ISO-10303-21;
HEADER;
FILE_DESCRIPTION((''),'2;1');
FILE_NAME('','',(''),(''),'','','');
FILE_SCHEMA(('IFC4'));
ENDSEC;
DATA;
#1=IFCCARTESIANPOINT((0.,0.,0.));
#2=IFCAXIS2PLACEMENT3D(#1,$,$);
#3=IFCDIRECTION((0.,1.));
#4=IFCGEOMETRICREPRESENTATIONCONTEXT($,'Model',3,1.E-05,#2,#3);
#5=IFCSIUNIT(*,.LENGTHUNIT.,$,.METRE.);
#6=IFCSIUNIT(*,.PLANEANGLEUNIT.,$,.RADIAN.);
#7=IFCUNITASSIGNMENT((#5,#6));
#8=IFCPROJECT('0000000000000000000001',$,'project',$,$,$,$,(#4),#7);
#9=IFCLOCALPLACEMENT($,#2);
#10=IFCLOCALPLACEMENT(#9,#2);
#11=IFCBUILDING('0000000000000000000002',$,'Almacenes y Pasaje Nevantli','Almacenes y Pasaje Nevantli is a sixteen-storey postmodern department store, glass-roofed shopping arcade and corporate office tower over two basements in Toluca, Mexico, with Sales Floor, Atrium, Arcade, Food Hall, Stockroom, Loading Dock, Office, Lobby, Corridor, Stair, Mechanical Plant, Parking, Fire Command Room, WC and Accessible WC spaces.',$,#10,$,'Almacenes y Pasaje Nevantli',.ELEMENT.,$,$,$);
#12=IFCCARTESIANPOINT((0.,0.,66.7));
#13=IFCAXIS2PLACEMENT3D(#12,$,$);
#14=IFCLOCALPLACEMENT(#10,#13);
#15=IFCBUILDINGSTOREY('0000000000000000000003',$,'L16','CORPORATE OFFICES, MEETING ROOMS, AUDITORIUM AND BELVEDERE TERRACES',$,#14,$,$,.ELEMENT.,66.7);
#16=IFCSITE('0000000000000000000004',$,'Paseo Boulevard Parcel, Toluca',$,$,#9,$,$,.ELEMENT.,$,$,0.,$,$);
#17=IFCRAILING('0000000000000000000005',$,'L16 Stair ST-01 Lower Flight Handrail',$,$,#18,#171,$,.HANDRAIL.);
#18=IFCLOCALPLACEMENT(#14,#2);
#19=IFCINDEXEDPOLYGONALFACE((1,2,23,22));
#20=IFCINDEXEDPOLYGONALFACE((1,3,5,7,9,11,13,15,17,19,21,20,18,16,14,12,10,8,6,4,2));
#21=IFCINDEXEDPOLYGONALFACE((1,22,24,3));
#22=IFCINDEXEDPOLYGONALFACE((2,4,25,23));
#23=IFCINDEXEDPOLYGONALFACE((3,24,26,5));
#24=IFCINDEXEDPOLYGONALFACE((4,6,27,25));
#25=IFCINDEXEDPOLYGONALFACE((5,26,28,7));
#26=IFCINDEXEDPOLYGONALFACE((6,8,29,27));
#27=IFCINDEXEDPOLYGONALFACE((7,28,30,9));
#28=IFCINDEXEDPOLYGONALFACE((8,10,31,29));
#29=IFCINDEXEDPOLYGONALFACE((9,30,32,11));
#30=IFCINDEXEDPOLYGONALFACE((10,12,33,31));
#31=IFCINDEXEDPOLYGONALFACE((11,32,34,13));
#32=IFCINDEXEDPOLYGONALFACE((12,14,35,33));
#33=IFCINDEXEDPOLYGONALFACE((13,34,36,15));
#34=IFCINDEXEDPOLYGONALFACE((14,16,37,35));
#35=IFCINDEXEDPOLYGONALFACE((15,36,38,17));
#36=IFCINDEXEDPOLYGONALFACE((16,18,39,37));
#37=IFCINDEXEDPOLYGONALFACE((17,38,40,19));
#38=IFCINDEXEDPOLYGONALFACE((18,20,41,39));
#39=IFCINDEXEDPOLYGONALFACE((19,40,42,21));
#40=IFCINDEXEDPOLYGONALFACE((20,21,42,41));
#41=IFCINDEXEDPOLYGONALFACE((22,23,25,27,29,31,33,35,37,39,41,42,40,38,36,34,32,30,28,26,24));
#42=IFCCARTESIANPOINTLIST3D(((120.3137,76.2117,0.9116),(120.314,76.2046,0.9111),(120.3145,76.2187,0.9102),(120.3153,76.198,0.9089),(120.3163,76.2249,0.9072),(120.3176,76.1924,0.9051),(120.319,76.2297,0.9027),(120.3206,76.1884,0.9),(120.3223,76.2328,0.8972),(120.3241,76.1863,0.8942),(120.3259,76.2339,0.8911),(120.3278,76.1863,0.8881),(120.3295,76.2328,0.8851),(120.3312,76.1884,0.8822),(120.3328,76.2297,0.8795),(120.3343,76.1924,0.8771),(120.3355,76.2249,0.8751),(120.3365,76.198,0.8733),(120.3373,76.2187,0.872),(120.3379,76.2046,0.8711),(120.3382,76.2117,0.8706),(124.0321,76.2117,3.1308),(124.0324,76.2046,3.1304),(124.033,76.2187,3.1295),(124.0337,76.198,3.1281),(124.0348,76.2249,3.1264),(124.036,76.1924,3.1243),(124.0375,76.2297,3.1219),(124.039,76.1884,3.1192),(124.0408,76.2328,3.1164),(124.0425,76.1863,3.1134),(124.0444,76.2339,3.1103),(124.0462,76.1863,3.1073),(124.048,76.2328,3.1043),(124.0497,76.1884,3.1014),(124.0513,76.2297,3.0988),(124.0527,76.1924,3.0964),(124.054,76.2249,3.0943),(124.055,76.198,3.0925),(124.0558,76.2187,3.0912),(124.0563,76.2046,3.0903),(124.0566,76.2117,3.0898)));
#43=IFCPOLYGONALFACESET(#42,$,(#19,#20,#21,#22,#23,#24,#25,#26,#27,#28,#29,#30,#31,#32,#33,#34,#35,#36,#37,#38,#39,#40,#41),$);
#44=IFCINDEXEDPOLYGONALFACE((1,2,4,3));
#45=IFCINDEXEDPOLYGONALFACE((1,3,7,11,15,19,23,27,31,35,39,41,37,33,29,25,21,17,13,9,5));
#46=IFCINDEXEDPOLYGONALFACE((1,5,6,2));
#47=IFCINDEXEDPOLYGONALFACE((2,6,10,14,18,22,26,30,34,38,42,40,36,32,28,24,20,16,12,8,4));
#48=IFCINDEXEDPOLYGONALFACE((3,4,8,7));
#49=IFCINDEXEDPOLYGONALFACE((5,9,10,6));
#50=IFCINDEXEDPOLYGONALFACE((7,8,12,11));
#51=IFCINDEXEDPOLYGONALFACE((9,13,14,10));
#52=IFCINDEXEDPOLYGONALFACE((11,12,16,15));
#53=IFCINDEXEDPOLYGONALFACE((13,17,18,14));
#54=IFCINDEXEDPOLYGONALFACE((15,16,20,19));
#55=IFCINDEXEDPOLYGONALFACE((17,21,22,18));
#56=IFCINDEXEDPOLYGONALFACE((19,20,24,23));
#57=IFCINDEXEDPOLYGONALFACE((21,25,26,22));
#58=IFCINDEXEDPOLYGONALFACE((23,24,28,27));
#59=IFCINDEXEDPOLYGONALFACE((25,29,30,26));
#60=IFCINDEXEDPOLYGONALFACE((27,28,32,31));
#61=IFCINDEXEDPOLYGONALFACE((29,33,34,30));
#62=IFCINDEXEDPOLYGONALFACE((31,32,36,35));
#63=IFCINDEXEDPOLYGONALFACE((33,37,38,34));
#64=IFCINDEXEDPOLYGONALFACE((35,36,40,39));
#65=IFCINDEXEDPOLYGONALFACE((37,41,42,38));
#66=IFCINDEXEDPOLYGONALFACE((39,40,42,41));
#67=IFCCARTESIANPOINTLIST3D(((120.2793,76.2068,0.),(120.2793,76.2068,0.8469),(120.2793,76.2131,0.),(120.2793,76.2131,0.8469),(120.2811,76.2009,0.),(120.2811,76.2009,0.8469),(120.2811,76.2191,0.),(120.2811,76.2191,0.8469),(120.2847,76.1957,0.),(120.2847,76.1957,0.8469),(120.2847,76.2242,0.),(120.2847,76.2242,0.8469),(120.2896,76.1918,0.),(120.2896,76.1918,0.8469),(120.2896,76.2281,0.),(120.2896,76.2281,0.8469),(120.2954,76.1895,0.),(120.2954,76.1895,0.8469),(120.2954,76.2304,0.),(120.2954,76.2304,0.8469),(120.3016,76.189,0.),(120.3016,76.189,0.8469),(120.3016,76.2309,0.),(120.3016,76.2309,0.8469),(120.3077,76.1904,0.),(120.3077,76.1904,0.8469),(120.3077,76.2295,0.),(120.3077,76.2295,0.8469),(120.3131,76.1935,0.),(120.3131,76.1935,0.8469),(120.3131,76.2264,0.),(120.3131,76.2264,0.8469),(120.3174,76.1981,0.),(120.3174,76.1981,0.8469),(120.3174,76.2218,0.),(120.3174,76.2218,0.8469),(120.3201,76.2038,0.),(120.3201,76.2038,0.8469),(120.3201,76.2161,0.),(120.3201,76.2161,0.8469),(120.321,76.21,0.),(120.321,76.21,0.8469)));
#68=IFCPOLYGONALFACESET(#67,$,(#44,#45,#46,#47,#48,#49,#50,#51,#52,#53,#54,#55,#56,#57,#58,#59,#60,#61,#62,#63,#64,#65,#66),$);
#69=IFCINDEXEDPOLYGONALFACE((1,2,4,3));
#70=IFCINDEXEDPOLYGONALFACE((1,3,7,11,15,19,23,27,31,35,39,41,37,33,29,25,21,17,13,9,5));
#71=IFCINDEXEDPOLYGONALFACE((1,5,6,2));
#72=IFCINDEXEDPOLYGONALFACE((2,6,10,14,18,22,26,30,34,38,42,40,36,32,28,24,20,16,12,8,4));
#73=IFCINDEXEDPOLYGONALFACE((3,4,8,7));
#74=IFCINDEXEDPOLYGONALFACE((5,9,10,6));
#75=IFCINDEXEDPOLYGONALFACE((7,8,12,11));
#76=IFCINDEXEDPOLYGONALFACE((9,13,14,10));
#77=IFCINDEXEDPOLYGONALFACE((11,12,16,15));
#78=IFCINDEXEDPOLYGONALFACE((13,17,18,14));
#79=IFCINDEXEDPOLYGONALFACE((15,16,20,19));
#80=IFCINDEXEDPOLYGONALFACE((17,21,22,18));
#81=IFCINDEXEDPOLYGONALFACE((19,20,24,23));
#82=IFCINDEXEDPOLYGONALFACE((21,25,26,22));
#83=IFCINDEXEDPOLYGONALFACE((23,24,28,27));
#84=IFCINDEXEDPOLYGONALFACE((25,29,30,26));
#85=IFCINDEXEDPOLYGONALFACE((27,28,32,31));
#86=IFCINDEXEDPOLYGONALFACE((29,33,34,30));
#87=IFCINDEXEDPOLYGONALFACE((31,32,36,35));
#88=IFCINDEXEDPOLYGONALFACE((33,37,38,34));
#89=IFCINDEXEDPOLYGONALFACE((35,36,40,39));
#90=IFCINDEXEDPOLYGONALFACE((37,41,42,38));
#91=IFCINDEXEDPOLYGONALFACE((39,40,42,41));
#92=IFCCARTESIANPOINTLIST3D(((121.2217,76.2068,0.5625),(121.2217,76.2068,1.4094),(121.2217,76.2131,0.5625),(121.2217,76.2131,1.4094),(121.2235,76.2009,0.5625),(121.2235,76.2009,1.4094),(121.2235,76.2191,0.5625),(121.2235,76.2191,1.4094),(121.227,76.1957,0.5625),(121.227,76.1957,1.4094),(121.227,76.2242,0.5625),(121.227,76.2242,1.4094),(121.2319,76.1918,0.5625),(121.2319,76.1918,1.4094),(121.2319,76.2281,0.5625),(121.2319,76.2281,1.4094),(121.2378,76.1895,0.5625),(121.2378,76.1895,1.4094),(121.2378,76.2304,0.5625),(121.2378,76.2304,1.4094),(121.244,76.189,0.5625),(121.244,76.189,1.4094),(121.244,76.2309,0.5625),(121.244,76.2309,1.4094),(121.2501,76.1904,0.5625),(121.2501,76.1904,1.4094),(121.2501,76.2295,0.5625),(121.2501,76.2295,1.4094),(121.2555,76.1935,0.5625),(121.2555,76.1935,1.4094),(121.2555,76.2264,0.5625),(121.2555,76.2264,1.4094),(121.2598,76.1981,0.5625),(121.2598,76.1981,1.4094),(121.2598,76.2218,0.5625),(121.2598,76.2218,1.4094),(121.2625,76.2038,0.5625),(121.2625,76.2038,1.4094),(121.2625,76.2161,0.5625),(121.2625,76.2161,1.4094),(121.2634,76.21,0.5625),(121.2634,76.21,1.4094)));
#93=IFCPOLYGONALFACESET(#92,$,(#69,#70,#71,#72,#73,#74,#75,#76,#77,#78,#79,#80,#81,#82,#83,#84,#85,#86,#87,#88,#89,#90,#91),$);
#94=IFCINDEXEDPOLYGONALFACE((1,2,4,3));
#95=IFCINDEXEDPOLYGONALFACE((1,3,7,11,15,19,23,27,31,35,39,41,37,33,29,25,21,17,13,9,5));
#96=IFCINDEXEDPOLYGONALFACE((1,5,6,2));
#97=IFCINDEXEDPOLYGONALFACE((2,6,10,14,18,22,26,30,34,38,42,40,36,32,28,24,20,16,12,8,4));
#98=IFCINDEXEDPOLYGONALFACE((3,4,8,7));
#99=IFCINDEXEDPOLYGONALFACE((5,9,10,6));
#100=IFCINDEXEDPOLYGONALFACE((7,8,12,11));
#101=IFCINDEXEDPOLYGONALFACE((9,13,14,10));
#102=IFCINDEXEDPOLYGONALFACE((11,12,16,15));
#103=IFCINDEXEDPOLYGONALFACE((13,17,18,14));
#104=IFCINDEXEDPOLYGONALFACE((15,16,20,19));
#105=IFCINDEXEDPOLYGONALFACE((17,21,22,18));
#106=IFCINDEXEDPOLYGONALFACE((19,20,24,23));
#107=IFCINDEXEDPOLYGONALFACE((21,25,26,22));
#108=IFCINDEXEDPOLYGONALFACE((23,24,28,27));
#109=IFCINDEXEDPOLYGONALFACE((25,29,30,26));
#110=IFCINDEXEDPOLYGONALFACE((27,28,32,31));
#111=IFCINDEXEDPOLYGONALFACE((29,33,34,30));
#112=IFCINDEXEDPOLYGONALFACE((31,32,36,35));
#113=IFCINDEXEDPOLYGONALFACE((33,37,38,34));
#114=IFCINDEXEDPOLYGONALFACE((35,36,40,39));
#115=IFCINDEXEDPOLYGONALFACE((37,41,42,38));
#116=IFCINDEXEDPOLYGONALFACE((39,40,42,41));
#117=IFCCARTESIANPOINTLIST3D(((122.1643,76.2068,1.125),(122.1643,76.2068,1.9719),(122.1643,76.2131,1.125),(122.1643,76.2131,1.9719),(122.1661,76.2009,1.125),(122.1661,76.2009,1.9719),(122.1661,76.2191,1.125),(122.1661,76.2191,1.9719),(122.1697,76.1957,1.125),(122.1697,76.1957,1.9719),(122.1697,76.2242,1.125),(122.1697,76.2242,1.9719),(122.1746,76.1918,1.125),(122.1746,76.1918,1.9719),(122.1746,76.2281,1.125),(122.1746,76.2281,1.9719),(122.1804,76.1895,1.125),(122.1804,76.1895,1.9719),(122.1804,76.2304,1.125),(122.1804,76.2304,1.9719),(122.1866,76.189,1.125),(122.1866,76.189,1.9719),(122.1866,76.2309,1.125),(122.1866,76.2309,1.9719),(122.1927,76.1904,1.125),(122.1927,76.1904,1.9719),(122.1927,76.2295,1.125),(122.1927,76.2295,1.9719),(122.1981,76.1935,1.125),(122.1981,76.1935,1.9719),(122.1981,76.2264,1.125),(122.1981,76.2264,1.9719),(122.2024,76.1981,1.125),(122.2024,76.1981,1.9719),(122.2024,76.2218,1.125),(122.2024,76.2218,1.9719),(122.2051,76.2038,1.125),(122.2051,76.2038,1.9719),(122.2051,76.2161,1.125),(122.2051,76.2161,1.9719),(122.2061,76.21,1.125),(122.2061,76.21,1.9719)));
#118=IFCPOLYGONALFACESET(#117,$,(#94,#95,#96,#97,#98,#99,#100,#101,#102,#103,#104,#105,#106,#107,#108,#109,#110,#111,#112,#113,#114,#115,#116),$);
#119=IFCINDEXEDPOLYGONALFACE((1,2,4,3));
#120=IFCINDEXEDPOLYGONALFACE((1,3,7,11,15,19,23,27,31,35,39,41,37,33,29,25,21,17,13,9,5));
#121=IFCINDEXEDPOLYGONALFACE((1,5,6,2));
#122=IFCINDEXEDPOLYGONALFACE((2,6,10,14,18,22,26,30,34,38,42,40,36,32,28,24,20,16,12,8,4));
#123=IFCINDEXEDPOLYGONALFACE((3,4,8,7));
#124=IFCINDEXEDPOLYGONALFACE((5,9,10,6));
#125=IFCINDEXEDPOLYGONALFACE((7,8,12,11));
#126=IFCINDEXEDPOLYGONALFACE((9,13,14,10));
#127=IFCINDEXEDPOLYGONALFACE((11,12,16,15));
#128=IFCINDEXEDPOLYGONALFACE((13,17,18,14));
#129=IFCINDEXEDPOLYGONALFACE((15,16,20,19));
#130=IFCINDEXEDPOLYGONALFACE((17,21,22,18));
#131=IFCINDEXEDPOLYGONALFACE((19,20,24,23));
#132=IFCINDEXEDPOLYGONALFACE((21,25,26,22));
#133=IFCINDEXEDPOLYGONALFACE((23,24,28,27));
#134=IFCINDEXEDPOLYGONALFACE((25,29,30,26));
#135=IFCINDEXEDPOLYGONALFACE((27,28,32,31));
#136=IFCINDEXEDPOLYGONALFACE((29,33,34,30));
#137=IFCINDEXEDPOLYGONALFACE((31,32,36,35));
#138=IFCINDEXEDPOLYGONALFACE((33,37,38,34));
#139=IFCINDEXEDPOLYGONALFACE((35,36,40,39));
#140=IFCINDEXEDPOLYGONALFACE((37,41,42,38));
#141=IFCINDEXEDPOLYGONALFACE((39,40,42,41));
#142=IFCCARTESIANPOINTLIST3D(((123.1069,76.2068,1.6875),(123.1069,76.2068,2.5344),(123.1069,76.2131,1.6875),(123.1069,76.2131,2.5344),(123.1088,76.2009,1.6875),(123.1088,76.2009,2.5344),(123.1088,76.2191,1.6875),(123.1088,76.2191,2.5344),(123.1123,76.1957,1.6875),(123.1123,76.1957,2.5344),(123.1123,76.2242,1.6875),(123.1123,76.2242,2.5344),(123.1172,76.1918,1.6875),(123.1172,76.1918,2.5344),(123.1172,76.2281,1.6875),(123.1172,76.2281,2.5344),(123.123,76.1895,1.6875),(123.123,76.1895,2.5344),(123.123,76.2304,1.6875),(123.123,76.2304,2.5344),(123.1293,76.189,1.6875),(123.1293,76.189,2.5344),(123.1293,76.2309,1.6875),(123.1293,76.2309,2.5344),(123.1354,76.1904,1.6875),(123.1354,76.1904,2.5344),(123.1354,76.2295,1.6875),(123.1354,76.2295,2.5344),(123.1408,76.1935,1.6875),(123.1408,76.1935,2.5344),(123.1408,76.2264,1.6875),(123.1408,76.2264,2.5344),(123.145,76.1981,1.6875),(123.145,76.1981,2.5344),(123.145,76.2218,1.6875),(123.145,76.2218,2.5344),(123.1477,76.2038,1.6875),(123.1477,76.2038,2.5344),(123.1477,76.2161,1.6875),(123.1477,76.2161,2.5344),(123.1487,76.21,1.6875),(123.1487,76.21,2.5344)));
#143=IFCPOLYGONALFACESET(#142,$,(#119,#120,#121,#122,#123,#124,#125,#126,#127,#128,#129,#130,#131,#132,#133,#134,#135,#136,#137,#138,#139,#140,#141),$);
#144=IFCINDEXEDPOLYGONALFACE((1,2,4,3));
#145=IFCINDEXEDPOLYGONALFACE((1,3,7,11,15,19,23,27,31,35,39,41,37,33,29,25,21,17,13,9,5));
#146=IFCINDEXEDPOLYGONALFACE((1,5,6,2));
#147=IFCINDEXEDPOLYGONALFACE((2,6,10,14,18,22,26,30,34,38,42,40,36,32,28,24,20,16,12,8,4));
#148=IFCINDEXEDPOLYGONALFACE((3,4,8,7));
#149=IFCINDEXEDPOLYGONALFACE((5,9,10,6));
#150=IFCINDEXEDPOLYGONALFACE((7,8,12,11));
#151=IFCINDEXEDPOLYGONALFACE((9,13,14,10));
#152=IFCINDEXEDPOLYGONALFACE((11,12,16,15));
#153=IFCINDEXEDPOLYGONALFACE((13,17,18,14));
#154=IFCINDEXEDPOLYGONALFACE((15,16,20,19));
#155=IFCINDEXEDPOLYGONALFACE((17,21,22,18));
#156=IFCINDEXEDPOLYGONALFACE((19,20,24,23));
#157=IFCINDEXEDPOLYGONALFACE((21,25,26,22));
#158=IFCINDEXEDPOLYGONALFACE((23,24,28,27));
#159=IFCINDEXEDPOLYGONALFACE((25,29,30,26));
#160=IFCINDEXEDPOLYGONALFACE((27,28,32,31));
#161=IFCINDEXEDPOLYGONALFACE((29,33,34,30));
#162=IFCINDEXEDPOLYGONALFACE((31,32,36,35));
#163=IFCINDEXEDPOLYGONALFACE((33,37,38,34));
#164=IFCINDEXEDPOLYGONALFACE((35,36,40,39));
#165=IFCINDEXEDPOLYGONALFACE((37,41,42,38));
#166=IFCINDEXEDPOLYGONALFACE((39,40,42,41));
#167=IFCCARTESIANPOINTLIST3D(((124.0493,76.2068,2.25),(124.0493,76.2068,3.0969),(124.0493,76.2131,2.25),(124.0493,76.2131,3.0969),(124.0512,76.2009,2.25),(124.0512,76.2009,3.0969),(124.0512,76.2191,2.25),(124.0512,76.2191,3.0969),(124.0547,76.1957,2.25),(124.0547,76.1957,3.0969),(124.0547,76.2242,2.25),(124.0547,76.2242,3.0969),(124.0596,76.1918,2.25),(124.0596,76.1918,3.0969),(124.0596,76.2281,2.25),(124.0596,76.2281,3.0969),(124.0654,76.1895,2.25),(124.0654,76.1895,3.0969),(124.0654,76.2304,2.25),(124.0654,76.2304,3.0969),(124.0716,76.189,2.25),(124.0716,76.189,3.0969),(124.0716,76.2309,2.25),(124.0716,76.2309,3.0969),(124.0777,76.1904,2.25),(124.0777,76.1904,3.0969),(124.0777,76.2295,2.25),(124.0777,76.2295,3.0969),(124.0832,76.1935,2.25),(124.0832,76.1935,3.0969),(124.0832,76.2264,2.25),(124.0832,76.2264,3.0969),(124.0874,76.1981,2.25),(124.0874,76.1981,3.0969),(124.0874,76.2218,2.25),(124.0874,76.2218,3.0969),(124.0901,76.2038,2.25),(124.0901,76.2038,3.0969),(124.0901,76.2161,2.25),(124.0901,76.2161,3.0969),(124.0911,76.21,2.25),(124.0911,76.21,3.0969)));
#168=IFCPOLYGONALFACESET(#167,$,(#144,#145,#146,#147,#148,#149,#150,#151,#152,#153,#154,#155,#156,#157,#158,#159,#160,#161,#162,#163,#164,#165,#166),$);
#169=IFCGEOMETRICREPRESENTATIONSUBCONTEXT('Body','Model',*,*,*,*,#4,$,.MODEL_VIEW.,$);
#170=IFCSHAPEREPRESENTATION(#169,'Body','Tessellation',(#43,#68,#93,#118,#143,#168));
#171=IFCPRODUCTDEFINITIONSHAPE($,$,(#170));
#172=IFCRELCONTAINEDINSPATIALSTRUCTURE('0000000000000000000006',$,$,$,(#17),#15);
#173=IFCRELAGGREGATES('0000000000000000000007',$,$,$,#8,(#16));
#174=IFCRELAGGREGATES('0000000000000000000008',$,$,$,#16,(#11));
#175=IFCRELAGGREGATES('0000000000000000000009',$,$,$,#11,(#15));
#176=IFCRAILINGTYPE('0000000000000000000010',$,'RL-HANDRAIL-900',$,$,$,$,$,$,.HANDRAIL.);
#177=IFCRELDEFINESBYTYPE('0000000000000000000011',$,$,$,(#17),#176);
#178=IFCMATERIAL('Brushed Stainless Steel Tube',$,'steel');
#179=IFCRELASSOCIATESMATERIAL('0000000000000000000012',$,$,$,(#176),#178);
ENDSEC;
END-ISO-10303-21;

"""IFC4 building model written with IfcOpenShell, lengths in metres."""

from ifc_helpers import new_model, si_unit, direction, frame, origin, origin_2d, place, context, subcontext, project, spatial, circle, extrude, material, type_object, element, save


model = new_model("IFC4")

# Units and contexts
model_context = context("Model", 3, precision=1e-05, world=origin(), true_north=direction((0.0, 1.0)))
body_context = subcontext(model_context, "Body", "Model", "MODEL_VIEW")
ifc_project = project(units=[si_unit("LENGTHUNIT", "METRE"), si_unit("PLANEANGLEUNIT", "RADIAN")], contexts=[model_context])

# Site, building, storey
site_placement = place(None, origin())
site = spatial("IfcSite", under=ifc_project, at=site_placement, Name="Paseo Boulevard Parcel, Toluca", CompositionType="ELEMENT", RefElevation=0.0)
building_placement = place(site_placement, origin())
building = spatial("IfcBuilding", under=site, at=building_placement, Name="Almacenes y Pasaje Nevantli", Description="Almacenes y Pasaje Nevantli is a sixteen-storey postmodern department store, glass-roofed shopping arcade and corporate office tower over two basements in Toluca, Mexico, with Sales Floor, Atrium, Arcade, Food Hall, Stockroom, Loading Dock, Office, Lobby, Corridor, Stair, Mechanical Plant, Parking, Fire Command Room, WC and Accessible WC spaces.", LongName="Almacenes y Pasaje Nevantli", CompositionType="ELEMENT")
storey_placement = place(building_placement, frame((0.0, 0.0, 66.7)))
storey = spatial("IfcBuildingStorey", under=building, at=storey_placement, Name="L16", Description="CORPORATE OFFICES, MEETING ROOMS, AUDITORIUM AND BELVEDERE TERRACES", CompositionType="ELEMENT", Elevation=66.7)

# Railing
ifc_material_1 = material(Name="Brushed Stainless Steel Tube", Category="steel")
railing_type_1 = type_object("IfcRailingType", Name="RL-HANDRAIL-900", PredefinedType="HANDRAIL", material=ifc_material_1)
railing_1_placement = place(storey_placement, frame((120.3, 76.21, 0.0)))
element("IfcRailing", 1, at=railing_1_placement, inside=storey, type_object=railing_type_1, Name="L16 Stair ST-01 Lower Flight Handrail", PredefinedType="HANDRAIL", context=body_context, shape_type="SweptSolid", body=[
    extrude(circle(Radius=0.0239, at=origin_2d()), frame((0.0259, 0.0, 0.8911), z_axis=(0.858698, 0.0, 0.512483), x_axis=(0.0, 1.0, 0.0)), (0.0, 0.0, 1.0), 4.3303),
    extrude(circle(Radius=0.021, at=origin_2d()), origin(), (0.0, 0.0, 1.0), 0.8469),
    extrude(circle(Radius=0.021, at=origin_2d()), frame((0.9424, 0.0, 0.5625)), (0.0, 0.0, 1.0), 0.8469),
    extrude(circle(Radius=0.021, at=origin_2d()), frame((1.885, 0.0, 1.125)), (0.0, 0.0, 1.0), 0.8469),
    extrude(circle(Radius=0.021, at=origin_2d()), frame((2.8276, 0.0, 1.6875)), (0.0, 0.0, 1.0), 0.8469),
    extrude(circle(Radius=0.021, at=origin_2d()), frame((3.77, 0.0, 2.25)), (0.0, 0.0, 1.0), 0.8469),
])

save(model, "model.ifc")
